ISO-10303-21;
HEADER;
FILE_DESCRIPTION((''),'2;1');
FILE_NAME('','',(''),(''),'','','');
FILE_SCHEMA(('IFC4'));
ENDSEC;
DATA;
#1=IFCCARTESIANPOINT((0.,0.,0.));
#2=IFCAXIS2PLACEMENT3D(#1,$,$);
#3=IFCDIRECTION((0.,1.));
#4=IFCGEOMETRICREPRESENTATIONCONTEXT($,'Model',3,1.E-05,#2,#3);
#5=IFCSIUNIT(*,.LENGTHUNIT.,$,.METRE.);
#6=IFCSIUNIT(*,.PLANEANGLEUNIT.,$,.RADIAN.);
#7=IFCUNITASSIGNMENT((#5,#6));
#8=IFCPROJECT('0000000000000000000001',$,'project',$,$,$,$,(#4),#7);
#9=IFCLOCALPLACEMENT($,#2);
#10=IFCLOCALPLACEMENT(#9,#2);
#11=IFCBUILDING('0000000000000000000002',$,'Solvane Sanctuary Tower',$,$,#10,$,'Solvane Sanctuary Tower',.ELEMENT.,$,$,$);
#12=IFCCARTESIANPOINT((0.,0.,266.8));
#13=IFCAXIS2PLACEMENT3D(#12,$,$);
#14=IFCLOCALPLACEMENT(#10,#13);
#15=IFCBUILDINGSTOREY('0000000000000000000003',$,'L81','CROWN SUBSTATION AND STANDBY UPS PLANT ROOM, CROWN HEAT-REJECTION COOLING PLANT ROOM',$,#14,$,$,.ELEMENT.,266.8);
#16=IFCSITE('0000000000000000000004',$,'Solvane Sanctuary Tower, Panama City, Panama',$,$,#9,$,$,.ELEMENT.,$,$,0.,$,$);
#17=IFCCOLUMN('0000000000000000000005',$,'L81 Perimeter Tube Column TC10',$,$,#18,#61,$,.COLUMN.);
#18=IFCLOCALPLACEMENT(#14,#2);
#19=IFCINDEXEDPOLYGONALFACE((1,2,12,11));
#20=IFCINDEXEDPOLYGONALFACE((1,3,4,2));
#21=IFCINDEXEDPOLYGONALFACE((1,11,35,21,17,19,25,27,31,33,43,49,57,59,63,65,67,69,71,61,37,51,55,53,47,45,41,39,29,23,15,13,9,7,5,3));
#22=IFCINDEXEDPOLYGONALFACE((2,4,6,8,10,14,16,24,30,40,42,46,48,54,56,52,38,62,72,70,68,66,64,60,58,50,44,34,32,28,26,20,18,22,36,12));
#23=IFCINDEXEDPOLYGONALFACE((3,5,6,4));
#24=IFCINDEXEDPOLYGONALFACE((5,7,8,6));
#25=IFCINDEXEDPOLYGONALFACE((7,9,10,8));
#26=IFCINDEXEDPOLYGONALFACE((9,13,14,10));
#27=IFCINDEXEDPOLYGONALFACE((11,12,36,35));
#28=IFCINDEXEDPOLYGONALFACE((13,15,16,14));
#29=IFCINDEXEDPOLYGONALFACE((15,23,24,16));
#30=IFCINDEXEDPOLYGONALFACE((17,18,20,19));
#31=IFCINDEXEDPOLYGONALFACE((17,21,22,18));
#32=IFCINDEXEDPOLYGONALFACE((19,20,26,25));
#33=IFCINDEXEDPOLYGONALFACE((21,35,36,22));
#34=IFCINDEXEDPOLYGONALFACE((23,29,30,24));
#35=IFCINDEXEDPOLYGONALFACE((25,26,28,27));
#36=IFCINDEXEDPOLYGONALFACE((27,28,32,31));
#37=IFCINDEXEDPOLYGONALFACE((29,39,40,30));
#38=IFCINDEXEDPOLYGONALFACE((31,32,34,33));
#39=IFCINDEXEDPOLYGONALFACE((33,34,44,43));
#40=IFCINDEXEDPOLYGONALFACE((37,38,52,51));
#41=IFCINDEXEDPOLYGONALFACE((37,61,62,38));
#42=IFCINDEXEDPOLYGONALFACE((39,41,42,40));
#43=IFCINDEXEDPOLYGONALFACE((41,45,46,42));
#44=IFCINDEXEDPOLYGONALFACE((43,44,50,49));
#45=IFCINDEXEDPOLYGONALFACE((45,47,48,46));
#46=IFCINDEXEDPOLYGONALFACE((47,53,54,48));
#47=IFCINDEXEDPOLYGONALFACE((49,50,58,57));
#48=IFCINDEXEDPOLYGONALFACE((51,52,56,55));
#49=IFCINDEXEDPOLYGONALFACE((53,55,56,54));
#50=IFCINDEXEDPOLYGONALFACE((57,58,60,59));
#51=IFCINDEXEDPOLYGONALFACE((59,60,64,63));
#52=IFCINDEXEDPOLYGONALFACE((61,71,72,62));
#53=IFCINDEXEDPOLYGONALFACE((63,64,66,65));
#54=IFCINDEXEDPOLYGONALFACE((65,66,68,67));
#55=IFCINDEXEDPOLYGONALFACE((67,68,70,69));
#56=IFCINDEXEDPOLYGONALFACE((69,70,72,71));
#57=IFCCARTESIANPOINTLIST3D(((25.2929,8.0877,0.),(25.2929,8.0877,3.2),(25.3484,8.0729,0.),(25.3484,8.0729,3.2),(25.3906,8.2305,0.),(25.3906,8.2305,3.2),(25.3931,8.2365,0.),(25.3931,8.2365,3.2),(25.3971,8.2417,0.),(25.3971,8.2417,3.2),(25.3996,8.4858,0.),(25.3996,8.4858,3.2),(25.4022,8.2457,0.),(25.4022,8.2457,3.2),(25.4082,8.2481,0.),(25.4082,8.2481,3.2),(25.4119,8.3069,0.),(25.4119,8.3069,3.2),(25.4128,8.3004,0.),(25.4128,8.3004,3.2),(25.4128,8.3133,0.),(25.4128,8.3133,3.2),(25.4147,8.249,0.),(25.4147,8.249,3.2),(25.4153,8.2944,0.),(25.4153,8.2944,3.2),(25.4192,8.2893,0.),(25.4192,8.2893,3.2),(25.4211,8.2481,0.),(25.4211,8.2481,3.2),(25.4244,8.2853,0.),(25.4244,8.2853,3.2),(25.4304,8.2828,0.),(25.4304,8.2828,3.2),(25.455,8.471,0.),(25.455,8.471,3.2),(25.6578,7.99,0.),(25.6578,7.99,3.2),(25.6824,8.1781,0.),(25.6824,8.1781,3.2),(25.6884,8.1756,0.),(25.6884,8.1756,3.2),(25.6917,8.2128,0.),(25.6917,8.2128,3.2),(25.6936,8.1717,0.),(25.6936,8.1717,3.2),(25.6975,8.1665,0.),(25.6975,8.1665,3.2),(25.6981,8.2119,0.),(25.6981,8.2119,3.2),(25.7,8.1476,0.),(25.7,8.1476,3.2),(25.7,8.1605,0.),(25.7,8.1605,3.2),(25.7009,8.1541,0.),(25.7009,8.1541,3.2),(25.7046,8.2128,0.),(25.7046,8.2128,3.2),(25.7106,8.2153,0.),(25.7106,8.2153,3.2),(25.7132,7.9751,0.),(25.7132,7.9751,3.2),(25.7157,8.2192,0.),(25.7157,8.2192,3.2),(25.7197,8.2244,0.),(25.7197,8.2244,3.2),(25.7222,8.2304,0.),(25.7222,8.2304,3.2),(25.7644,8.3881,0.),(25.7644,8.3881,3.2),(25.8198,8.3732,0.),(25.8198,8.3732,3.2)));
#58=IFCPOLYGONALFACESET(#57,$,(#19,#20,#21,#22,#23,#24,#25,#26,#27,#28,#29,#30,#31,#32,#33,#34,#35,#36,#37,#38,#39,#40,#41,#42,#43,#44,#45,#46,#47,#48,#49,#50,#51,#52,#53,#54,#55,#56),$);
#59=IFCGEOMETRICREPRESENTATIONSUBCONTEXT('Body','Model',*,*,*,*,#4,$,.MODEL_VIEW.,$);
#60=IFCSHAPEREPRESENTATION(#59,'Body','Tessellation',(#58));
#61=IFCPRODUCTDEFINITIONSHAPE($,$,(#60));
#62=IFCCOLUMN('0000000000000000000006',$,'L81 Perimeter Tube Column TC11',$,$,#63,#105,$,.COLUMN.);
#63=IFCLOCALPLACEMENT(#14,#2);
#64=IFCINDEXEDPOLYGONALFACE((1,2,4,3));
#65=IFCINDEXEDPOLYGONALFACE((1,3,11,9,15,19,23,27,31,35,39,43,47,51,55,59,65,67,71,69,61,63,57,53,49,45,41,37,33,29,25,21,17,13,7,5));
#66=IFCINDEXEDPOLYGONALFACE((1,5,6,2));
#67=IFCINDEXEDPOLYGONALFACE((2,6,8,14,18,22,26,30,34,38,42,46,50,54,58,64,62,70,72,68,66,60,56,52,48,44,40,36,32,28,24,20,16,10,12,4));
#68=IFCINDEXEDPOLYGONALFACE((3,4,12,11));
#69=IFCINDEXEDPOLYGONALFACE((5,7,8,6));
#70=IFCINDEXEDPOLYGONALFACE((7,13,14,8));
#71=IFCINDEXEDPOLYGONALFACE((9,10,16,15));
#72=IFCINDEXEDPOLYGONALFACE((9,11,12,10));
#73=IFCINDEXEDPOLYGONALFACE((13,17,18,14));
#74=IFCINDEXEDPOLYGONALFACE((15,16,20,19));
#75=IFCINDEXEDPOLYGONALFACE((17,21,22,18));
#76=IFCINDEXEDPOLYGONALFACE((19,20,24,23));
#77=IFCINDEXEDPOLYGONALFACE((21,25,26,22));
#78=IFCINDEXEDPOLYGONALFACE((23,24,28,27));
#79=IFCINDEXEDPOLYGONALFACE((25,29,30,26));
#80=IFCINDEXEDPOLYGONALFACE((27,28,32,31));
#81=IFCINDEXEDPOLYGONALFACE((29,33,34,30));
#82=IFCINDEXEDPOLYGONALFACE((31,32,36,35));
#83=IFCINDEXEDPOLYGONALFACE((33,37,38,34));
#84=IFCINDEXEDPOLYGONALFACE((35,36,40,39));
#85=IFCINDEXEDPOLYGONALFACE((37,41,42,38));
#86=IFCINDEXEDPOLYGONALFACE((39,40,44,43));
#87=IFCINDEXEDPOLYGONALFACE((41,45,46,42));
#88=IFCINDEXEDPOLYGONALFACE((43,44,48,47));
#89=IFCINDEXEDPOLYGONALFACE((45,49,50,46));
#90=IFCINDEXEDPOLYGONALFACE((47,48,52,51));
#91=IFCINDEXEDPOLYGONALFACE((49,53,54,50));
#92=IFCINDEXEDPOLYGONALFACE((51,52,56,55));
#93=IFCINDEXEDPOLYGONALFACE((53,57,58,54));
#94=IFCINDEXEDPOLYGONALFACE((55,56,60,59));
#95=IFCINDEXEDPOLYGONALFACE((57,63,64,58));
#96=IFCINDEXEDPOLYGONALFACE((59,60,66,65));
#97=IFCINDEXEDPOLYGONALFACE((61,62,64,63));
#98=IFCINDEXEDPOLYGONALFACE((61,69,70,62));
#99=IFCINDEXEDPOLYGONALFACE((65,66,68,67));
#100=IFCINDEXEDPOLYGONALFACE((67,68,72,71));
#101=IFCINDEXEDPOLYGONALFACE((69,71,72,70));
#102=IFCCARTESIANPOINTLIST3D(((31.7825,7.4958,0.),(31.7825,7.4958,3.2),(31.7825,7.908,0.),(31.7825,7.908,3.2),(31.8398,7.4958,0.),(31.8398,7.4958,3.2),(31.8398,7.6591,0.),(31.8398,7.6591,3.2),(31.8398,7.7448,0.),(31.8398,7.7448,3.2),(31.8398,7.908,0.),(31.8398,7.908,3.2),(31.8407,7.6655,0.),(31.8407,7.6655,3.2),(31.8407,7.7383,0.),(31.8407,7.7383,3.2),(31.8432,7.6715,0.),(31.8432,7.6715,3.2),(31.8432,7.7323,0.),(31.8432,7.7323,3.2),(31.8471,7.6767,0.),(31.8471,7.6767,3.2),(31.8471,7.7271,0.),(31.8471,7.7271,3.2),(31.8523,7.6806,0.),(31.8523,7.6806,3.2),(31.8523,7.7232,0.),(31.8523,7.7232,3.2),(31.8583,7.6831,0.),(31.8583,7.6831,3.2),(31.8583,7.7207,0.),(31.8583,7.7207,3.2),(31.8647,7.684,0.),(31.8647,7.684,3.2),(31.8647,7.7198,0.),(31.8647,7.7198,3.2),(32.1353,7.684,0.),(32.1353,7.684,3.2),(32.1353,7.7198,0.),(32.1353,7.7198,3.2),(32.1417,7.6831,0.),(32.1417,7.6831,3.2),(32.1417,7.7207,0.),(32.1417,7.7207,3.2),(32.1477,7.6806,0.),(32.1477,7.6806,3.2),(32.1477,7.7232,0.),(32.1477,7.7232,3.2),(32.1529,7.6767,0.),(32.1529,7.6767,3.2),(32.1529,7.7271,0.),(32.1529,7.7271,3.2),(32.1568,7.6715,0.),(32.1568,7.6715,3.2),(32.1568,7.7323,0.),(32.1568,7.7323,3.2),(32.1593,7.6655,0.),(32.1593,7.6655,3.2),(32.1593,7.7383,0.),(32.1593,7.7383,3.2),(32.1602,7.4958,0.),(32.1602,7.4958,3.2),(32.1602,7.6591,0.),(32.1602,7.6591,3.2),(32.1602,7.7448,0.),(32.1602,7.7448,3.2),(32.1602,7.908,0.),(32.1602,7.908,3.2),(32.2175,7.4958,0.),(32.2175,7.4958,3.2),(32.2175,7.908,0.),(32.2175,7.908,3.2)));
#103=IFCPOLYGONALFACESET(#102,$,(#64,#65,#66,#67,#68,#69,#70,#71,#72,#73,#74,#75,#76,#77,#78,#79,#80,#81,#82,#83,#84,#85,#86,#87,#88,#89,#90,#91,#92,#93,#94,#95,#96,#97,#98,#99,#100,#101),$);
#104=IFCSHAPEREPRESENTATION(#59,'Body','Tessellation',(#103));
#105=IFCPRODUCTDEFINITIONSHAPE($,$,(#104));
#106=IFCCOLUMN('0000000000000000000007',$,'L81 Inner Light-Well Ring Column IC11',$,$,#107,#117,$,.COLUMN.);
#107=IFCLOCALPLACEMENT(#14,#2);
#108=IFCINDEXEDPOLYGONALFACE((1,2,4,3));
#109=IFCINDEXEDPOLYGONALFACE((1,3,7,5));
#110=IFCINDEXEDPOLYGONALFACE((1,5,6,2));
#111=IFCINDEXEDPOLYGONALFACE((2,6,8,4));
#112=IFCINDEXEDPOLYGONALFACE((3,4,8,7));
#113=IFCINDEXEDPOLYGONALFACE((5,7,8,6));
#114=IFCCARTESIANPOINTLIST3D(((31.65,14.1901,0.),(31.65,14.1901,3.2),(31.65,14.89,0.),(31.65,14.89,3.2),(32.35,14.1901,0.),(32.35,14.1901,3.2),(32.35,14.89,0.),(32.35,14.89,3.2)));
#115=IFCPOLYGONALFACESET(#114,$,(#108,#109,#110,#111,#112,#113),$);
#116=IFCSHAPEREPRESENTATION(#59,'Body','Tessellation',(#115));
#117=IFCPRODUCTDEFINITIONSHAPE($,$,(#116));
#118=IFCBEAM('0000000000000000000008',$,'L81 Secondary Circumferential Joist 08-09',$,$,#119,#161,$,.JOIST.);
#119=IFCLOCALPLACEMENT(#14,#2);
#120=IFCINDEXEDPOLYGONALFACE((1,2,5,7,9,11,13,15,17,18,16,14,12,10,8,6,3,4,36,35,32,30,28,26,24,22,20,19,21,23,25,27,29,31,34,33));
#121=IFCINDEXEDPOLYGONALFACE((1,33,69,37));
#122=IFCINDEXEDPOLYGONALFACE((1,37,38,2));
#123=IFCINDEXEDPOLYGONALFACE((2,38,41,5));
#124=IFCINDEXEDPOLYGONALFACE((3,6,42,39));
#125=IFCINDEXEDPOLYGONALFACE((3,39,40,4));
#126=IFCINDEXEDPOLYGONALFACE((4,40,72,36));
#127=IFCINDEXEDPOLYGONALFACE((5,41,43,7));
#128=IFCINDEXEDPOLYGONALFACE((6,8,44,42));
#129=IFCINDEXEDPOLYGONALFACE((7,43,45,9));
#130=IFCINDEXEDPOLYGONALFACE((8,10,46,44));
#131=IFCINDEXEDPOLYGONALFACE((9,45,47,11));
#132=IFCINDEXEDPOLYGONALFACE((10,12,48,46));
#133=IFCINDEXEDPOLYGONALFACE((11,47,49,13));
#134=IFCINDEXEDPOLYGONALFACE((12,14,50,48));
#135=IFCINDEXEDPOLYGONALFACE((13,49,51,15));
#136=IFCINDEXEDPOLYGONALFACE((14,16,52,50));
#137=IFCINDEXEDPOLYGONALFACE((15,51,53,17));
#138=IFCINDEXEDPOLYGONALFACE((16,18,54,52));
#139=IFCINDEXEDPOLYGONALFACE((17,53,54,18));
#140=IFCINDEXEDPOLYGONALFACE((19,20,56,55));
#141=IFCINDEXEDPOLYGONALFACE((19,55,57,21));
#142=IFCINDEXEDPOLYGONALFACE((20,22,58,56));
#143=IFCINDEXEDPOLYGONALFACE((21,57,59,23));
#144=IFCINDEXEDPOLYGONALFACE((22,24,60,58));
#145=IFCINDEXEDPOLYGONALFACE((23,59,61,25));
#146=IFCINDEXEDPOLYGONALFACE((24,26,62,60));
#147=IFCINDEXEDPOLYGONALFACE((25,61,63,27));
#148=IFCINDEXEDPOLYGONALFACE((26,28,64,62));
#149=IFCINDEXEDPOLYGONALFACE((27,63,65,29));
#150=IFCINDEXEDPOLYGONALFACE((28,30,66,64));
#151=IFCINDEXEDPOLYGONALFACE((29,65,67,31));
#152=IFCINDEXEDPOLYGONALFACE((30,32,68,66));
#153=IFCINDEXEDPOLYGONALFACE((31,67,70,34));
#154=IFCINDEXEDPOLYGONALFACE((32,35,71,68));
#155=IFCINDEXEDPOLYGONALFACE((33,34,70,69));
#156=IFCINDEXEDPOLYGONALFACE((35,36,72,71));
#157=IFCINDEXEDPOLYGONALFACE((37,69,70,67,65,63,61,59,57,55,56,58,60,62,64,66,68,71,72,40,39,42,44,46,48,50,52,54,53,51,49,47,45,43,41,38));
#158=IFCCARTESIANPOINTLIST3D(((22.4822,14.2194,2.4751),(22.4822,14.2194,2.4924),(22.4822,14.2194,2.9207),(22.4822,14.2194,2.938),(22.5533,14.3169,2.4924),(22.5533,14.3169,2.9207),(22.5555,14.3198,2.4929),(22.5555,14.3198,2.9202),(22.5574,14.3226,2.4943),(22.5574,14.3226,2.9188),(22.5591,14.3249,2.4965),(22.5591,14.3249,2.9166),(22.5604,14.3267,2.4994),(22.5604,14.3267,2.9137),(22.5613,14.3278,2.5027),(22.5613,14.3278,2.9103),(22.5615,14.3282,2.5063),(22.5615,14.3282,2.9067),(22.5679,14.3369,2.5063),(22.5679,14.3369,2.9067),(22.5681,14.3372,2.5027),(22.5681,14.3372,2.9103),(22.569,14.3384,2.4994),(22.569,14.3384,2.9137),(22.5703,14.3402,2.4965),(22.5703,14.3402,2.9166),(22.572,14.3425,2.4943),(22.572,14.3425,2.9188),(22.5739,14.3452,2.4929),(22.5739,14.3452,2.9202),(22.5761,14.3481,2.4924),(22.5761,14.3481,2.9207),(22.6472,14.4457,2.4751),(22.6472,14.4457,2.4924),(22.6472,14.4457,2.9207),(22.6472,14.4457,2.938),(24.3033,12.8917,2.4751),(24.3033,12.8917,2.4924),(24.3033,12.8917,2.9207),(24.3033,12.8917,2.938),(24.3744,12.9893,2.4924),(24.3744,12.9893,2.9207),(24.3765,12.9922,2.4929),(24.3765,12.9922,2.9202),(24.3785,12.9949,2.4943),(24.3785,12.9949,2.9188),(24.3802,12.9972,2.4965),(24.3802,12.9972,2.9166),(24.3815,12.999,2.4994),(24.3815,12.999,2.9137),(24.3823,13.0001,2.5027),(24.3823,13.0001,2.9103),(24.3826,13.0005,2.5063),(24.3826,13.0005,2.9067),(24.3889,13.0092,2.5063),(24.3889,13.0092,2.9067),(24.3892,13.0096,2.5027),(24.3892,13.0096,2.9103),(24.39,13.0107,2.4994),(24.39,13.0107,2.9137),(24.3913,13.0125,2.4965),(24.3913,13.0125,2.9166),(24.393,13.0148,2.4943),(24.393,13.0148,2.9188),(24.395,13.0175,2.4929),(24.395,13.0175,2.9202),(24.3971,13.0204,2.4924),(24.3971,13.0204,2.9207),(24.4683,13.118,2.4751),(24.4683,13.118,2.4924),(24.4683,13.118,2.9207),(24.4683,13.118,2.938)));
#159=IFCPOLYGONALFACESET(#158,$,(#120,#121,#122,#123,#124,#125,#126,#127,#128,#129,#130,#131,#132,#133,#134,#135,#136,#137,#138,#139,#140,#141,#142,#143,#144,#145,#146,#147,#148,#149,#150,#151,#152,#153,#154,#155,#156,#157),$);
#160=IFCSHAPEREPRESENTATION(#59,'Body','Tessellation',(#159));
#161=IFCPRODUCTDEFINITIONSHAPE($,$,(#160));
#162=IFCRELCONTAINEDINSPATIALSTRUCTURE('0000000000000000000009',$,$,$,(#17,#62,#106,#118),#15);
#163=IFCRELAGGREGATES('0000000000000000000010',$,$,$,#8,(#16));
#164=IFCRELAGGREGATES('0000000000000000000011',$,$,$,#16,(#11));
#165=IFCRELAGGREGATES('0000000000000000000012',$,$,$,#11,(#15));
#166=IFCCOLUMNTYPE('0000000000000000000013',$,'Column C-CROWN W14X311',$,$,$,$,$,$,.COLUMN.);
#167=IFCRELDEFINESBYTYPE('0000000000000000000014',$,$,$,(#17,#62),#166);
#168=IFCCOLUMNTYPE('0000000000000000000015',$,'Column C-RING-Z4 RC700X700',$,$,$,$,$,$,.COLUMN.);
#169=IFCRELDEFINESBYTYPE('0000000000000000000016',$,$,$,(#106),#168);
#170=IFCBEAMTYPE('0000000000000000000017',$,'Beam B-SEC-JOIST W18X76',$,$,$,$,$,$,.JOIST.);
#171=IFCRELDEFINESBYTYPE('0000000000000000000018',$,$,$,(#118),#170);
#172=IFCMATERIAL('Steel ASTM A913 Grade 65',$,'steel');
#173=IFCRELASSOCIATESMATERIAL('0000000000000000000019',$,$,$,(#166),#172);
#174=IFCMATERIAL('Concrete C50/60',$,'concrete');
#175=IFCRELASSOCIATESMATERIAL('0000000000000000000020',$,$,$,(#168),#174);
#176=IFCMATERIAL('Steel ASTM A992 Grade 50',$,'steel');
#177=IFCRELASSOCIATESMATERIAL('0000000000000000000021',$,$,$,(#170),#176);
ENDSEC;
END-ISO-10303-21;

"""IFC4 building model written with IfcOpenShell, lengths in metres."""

from ifc_helpers import new_model, si_unit, direction, frame, origin, origin_2d, place, context, subcontext, project, spatial, rectangle, i_section, extrude, material, material_profile, profile_set, type_object, element, save


model = new_model("IFC4")

# Units and contexts
model_context = context("Model", 3, precision=1e-05, world=origin(), true_north=direction((0.0, 1.0)))
body_context = subcontext(model_context, "Body", "Model", "MODEL_VIEW")
ifc_project = project(units=[si_unit("LENGTHUNIT", "METRE"), si_unit("PLANEANGLEUNIT", "RADIAN")], contexts=[model_context])

# Site, building, storey
site_placement = place(None, origin())
site = spatial("IfcSite", under=ifc_project, at=site_placement, Name="Solvane Sanctuary Tower, Panama City, Panama", CompositionType="ELEMENT", RefElevation=0.0)
building_placement = place(site_placement, origin())
building = spatial("IfcBuilding", under=site, at=building_placement, Name="Solvane Sanctuary Tower", LongName="Solvane Sanctuary Tower", CompositionType="ELEMENT")
storey_placement = place(building_placement, frame((0.0, 0.0, 266.8)))
storey = spatial("IfcBuildingStorey", under=building, at=storey_placement, Name="L81", Description="CROWN SUBSTATION AND STANDBY UPS PLANT ROOM, CROWN HEAT-REJECTION COOLING PLANT ROOM", CompositionType="ELEMENT", Elevation=266.8)

# Columns
ifc_material_1 = material(Name="Steel ASTM A913 Grade 65", Category="steel")
ifc_material_profile_1 = material_profile(ifc_material_1, i_section(OverallWidth=0.4121, OverallDepth=0.4351, WebThickness=0.0359, FlangeThickness=0.0574, FilletRadius=0.0249, at=origin_2d()), Name="W14X311")
ifc_profile_set_1 = profile_set([ifc_material_profile_1], Name="Steel ASTM A913 Grade 65")
column_type_1 = type_object("IfcColumnType", Name="Column C-CROWN W14X311", PredefinedType="COLUMN", material=ifc_profile_set_1)
for number, where, z_axis, x_axis, name in (
    (1, (25.5564, 8.2305, 0.0), (0.0, 0.0, 1.0), (-0.258819, -0.965926, 0.0), "L81 Perimeter Tube Column TC10"),
    (2, (32.0, 7.7019, 0.0), (0.0, 0.0, 1.0), (0.0, -1.0, 0.0), "L81 Perimeter Tube Column TC11"),
):
    element("IfcColumn", number, at=place(storey_placement, frame(where, z_axis=z_axis, x_axis=x_axis)), inside=storey, type_object=column_type_1, Name=name, PredefinedType="COLUMN", context=body_context, shape_type="SweptSolid", body=[
        extrude(i_section(OverallWidth=0.4121, OverallDepth=0.4351, WebThickness=0.0359, FlangeThickness=0.0574, FilletRadius=0.0249, at=origin_2d()), origin(), (0.0, 0.0, 1.0), 3.2),
    ])
ifc_material_2 = material(Name="Concrete C50/60", Category="concrete")
ifc_material_profile_2 = material_profile(ifc_material_2, rectangle(XDim=0.7, YDim=0.7, at=origin_2d()), Name="RC700X700")
ifc_profile_set_2 = profile_set([ifc_material_profile_2], Name="Concrete C50/60")
column_type_2 = type_object("IfcColumnType", Name="Column C-RING-Z4 RC700X700", PredefinedType="COLUMN", material=ifc_profile_set_2)
column_placement = place(storey_placement, frame((32.0, 14.54, 0.0), z_axis=(0.0, 0.0, 1.0), x_axis=(1.0, 0.0, 0.0)))
element("IfcColumn", 3, at=column_placement, inside=storey, type_object=column_type_2, Name="L81 Inner Light-Well Ring Column IC11", PredefinedType="COLUMN", context=body_context, shape_type="SweptSolid", body=[
    extrude(rectangle(XDim=0.7, YDim=0.7, at=origin_2d()), origin(), (0.0, 0.0, 1.0), 3.2),
])

# Beam
ifc_material_3 = material(Name="Steel ASTM A992 Grade 50", Category="steel")
ifc_material_profile_3 = material_profile(ifc_material_3, i_section(OverallWidth=0.28, OverallDepth=0.4629, WebThickness=0.0107, FlangeThickness=0.0173, FilletRadius=0.0139, at=origin_2d()), Name="W18X76")
ifc_profile_set_3 = profile_set([ifc_material_profile_3], Name="Steel ASTM A992 Grade 50")
beam_type_1 = type_object("IfcBeamType", Name="Beam B-SEC-JOIST W18X76", PredefinedType="JOIST", material=ifc_profile_set_3)
beam_1_placement = place(storey_placement, frame((22.5647, 14.3325, 2.7065), z_axis=(0.808052, -0.589112, 0.0), x_axis=(0.589112, 0.808052, 0.0)))
element("IfcBeam", 4, at=beam_1_placement, inside=storey, type_object=beam_type_1, Name="L81 Secondary Circumferential Joist 08-09", PredefinedType="JOIST", context=body_context, shape_type="SweptSolid", body=[
    extrude(i_section(OverallWidth=0.28, OverallDepth=0.4629, WebThickness=0.0107, FlangeThickness=0.0173, FilletRadius=0.0139, at=origin_2d()), origin(), (0.0, 0.0, 1.0), 2.2537),
])

save(model, "model.ifc")
